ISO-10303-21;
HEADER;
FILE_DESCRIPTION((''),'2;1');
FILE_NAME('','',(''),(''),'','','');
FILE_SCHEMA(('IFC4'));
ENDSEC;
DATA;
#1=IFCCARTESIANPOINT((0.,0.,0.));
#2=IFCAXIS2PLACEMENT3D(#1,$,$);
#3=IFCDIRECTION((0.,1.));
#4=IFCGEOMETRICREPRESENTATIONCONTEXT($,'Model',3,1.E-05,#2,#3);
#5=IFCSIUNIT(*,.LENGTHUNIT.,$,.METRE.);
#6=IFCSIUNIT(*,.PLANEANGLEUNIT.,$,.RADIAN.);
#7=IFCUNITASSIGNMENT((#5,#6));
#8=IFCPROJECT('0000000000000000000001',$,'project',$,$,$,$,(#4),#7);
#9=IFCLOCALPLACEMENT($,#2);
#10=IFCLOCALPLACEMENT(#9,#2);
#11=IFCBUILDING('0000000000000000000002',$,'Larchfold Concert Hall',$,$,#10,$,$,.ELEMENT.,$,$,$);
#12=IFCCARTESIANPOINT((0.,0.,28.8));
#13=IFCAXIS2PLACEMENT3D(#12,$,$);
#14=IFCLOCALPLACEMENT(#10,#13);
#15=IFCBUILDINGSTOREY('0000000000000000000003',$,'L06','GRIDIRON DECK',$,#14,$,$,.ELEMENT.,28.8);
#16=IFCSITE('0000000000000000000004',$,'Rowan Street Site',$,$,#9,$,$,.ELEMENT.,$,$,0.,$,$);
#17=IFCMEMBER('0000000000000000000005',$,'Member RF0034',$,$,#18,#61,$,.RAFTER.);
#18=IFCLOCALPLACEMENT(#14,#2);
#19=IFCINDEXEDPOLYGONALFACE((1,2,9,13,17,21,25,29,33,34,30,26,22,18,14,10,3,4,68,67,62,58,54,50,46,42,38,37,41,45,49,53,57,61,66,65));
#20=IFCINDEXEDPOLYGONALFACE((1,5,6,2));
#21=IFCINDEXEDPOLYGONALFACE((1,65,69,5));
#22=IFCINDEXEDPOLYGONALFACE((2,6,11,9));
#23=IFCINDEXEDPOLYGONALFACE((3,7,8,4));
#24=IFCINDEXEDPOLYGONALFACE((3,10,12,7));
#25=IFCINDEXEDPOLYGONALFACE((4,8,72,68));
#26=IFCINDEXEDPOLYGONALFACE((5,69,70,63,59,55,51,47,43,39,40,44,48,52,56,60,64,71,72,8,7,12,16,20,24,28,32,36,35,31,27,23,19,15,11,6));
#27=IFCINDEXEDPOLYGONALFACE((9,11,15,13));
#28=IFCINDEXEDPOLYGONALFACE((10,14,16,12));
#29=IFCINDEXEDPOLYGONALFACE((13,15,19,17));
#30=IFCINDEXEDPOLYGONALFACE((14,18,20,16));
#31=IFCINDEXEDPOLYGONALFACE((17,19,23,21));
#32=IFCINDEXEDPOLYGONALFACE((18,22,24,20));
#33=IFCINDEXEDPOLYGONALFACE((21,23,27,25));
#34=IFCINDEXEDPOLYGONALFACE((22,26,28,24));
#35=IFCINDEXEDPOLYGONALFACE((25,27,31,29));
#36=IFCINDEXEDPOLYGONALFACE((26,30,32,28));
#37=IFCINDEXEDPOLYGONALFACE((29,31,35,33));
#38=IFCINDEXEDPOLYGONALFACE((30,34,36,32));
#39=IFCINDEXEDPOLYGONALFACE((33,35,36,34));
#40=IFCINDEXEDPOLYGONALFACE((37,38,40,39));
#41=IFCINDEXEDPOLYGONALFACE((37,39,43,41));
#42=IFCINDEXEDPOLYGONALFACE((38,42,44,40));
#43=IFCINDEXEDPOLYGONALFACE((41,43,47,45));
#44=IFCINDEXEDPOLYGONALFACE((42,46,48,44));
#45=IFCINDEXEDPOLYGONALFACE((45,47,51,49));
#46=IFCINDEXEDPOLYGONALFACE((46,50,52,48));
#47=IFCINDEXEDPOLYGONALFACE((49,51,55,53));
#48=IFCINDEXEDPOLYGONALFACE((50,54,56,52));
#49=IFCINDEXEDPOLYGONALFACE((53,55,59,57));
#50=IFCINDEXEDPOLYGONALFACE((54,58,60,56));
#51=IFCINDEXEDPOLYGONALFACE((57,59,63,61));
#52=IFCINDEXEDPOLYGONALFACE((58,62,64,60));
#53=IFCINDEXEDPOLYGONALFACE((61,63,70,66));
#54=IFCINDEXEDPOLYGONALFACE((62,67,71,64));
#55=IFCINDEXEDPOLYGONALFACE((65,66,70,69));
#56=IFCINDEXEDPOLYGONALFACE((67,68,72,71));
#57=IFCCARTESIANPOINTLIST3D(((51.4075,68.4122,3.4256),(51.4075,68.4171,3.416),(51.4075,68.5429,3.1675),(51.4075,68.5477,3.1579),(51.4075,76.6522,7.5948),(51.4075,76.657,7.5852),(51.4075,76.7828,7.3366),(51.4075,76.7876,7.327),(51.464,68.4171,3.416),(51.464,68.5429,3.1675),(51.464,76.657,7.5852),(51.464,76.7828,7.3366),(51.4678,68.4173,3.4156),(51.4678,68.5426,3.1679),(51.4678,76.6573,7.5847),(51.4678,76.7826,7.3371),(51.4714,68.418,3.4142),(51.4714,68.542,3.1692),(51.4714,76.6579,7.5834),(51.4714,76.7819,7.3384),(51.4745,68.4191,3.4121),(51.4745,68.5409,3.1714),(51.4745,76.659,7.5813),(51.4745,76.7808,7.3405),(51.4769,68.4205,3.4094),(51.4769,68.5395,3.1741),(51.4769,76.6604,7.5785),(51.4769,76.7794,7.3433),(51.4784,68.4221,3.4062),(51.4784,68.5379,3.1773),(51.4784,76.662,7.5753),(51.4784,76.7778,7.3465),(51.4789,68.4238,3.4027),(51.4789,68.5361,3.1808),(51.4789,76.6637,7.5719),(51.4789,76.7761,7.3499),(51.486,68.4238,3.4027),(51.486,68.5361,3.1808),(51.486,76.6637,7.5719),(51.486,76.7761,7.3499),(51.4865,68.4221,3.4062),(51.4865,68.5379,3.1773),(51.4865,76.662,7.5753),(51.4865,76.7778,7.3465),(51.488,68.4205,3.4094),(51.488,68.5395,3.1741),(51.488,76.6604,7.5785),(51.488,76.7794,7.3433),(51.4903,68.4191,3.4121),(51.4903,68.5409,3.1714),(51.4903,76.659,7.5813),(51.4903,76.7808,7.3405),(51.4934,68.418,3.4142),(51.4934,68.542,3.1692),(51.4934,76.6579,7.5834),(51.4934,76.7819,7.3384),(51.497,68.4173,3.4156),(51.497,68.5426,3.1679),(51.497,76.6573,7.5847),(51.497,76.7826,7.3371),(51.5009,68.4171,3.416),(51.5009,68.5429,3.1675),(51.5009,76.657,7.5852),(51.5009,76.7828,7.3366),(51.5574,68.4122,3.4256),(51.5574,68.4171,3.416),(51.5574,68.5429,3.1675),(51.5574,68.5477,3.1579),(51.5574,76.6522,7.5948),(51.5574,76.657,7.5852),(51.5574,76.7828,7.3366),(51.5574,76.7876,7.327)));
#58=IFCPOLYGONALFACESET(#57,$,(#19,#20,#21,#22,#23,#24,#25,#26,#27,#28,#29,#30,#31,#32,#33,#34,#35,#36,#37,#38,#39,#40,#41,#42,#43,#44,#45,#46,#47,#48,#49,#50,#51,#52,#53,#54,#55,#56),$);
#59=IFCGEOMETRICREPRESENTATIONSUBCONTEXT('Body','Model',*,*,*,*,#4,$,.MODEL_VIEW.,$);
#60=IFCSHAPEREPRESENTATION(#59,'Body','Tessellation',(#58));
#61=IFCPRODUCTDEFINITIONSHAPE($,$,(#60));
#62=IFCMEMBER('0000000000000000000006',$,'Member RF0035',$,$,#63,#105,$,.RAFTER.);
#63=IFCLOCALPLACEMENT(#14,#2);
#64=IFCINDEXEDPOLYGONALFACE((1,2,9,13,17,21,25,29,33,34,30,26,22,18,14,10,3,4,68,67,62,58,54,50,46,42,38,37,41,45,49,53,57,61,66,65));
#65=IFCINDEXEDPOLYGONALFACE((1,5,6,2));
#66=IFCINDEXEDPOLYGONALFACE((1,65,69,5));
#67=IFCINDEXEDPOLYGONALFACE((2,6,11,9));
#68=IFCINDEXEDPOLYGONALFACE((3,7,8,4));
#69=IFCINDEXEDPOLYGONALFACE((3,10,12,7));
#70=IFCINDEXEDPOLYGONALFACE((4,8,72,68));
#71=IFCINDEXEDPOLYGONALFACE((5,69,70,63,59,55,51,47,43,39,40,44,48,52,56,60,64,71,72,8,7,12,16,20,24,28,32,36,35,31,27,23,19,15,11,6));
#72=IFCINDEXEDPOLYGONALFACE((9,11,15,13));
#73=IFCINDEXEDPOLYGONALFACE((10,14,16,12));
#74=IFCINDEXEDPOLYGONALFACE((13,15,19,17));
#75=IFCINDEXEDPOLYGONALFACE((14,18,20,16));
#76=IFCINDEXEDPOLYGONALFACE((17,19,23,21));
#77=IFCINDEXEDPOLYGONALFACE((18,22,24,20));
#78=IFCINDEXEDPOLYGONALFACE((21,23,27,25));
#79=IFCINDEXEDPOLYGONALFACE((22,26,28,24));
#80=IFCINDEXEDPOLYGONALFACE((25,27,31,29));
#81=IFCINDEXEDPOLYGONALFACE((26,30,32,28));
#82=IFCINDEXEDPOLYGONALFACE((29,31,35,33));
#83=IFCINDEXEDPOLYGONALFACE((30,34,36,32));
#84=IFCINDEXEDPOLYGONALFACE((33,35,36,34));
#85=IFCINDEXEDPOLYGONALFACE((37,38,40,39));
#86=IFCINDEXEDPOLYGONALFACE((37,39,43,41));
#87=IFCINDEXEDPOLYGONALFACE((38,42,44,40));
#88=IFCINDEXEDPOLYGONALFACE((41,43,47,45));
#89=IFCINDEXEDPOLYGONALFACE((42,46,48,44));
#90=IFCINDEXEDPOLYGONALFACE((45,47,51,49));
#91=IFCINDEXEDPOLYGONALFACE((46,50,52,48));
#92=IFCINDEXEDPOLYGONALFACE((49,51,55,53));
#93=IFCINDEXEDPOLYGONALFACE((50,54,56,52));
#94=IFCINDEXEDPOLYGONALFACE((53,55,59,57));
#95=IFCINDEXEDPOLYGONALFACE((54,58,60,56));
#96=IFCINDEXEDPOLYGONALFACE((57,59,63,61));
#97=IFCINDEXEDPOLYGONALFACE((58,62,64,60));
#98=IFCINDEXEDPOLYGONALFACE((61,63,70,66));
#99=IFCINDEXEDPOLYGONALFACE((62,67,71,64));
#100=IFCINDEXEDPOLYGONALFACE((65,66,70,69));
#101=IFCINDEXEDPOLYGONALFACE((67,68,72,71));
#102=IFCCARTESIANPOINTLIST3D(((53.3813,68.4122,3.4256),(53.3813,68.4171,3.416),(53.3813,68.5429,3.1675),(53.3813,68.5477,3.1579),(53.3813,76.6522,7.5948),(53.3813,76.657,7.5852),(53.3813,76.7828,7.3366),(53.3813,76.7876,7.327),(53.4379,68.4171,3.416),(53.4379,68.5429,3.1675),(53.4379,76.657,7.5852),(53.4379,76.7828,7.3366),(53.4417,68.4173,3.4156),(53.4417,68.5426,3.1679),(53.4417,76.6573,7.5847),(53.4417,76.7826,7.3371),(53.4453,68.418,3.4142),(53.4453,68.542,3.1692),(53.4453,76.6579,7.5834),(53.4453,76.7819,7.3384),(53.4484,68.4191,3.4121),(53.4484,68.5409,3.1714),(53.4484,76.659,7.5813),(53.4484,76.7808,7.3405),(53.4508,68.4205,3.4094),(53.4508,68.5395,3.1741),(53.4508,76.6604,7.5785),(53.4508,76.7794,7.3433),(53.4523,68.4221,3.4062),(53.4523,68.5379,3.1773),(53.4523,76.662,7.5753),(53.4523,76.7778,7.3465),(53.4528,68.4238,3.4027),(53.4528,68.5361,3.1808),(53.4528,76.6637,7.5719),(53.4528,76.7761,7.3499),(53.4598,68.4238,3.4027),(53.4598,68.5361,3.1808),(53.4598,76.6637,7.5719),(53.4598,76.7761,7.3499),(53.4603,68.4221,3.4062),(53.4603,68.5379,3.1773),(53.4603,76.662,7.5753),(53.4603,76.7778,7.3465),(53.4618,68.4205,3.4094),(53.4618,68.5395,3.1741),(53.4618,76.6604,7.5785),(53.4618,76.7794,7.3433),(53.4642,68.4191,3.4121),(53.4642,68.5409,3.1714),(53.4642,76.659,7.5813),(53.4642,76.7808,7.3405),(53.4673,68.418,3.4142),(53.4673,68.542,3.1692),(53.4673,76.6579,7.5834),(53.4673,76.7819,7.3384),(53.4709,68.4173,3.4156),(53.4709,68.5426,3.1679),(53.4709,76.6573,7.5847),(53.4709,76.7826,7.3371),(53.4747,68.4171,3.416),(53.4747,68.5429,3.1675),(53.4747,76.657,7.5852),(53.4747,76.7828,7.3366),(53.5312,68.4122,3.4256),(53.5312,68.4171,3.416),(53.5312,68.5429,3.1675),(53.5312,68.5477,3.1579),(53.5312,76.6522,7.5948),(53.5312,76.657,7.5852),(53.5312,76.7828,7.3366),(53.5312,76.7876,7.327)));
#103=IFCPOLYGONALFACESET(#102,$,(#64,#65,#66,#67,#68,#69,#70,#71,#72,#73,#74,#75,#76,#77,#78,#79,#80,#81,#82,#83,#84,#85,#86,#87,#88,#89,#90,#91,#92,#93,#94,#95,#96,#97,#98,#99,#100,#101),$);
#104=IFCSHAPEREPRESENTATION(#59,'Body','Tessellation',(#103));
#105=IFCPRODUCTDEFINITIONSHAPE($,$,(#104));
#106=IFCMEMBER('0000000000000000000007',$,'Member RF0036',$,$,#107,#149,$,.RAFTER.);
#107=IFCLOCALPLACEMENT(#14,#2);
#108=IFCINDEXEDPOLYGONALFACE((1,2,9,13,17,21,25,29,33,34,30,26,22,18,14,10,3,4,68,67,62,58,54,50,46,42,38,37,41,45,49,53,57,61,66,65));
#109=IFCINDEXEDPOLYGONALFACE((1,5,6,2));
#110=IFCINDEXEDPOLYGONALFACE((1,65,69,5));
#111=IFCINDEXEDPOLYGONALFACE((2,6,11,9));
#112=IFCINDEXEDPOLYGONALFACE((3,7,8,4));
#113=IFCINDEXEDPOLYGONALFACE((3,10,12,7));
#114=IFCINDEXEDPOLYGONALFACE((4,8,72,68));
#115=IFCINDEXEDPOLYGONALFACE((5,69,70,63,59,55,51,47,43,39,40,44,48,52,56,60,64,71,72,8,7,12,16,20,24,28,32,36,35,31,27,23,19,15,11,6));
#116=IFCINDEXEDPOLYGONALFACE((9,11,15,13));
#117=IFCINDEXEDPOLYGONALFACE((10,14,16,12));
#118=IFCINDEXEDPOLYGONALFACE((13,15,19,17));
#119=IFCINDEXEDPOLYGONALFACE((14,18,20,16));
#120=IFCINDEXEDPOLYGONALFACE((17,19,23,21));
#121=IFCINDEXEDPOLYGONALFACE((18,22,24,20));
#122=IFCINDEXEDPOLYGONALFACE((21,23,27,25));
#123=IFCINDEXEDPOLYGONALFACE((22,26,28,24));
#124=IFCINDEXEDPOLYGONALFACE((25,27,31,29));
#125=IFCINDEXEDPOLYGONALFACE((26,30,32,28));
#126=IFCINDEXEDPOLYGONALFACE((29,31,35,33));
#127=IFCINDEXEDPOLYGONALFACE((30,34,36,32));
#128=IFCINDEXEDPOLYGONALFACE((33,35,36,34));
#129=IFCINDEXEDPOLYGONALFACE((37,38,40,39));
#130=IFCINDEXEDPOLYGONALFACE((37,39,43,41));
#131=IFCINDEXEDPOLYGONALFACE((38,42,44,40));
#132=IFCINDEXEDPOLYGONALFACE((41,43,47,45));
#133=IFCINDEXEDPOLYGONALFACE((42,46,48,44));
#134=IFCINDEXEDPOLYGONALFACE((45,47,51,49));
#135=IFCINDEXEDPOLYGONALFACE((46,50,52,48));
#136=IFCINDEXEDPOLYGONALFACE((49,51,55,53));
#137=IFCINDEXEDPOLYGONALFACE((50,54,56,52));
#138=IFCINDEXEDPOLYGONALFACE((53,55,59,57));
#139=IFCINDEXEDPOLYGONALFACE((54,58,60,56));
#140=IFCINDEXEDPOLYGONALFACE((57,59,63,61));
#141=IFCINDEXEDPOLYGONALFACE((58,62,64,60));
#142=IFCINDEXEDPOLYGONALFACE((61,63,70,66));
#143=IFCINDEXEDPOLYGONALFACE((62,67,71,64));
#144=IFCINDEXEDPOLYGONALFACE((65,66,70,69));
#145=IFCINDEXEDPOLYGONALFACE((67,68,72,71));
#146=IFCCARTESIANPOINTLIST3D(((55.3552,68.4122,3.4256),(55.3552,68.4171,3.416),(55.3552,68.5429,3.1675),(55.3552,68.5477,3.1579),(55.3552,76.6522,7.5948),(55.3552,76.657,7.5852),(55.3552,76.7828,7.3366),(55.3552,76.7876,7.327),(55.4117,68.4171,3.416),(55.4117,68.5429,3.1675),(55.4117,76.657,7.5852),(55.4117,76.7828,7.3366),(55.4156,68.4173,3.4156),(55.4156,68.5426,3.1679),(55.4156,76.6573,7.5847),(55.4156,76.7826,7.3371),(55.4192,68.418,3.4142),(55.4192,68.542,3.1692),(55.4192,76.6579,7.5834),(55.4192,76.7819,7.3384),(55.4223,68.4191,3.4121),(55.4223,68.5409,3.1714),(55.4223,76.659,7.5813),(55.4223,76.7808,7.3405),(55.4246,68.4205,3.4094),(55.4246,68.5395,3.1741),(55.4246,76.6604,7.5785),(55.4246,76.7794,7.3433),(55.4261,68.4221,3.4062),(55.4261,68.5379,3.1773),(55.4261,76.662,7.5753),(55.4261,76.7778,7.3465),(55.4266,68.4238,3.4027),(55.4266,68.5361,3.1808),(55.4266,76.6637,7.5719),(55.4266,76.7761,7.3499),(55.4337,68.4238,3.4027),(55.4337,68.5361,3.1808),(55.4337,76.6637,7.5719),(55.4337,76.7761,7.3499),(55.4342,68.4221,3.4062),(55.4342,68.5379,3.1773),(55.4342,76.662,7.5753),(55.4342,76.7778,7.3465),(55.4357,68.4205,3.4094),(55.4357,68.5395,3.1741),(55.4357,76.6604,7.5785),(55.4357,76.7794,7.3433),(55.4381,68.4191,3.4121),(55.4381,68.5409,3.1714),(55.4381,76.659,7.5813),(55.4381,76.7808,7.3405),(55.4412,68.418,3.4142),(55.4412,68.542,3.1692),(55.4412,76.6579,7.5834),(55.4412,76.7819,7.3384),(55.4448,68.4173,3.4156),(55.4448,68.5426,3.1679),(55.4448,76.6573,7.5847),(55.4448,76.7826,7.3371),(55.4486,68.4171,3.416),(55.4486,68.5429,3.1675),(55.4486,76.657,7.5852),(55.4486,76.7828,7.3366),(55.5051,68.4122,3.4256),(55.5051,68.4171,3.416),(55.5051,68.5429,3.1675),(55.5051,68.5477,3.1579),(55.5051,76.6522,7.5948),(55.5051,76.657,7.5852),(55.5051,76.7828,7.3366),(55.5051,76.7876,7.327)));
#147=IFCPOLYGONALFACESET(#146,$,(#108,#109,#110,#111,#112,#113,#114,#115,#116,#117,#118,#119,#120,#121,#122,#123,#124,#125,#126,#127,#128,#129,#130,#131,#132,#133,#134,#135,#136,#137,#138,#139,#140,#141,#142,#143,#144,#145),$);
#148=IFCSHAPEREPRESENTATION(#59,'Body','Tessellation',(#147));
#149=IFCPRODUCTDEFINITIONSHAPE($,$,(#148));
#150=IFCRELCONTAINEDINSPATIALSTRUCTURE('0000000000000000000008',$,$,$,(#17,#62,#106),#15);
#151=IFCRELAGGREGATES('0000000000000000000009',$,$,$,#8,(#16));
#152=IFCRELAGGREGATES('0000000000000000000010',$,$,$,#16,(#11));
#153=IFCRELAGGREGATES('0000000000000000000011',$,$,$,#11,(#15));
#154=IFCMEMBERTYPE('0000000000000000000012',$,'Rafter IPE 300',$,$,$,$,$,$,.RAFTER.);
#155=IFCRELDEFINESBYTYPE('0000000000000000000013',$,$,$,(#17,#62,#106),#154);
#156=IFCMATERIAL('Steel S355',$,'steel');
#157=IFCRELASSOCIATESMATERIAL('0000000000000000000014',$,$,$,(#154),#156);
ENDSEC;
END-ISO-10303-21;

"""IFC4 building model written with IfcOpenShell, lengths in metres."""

from ifc_helpers import new_model, si_unit, direction, frame, origin, origin_2d, place, context, subcontext, project, spatial, i_section, extrude, material, material_profile, profile_set, type_object, element, save


model = new_model("IFC4")

# Units and contexts
model_context = context("Model", 3, precision=1e-05, world=origin(), true_north=direction((0.0, 1.0)))
body_context = subcontext(model_context, "Body", "Model", "MODEL_VIEW")
ifc_project = project(units=[si_unit("LENGTHUNIT", "METRE"), si_unit("PLANEANGLEUNIT", "RADIAN")], contexts=[model_context])

# Site, building, storey
site_placement = place(None, origin())
site = spatial("IfcSite", under=ifc_project, at=site_placement, Name="Rowan Street Site", CompositionType="ELEMENT", RefElevation=0.0)
building_placement = place(site_placement, origin())
building = spatial("IfcBuilding", under=site, at=building_placement, Name="Larchfold Concert Hall", CompositionType="ELEMENT")
storey_placement = place(building_placement, frame((0.0, 0.0, 28.8)))
storey = spatial("IfcBuildingStorey", under=building, at=storey_placement, Name="L06", Description="GRIDIRON DECK", CompositionType="ELEMENT", Elevation=28.8)

# Members
ifc_material_1 = material(Name="Steel S355", Category="steel")
ifc_material_profile_1 = material_profile(ifc_material_1, i_section(OverallWidth=0.1499, OverallDepth=0.3, WebThickness=0.0071, FlangeThickness=0.0107, FilletRadius=0.0149, at=origin_2d()))
ifc_profile_set_1 = profile_set([ifc_material_profile_1], Name="Steel S355")
member_type_1 = type_object("IfcMemberType", Name="Rafter IPE 300", PredefinedType="RAFTER", material=ifc_profile_set_1)
for number, where, z_axis, x_axis, name in (
    (1, (51.4824, 68.48, 3.2917), (0.0, 0.892286, 0.45147), (-1.0, 0.0, 0.0), "Member RF0034"),
    (2, (53.4563, 68.48, 3.2917), (0.0, 0.892286, 0.45147), (-1.0, 0.0, 0.0), "Member RF0035"),
    (3, (55.4302, 68.48, 3.2917), (0.0, 0.892286, 0.45147), (-1.0, 0.0, 0.0), "Member RF0036"),
):
    element("IfcMember", number, at=place(storey_placement, frame(where, z_axis=z_axis, x_axis=x_axis)), inside=storey, type_object=member_type_1, Name=name, PredefinedType="RAFTER", context=body_context, shape_type="SweptSolid", body=[
        extrude(i_section(OverallWidth=0.1499, OverallDepth=0.3, WebThickness=0.0071, FlangeThickness=0.0107, FilletRadius=0.0149, at=origin_2d()), origin(), (0.0, 0.0, 1.0), 9.2346),
    ])

save(model, "model.ifc")
